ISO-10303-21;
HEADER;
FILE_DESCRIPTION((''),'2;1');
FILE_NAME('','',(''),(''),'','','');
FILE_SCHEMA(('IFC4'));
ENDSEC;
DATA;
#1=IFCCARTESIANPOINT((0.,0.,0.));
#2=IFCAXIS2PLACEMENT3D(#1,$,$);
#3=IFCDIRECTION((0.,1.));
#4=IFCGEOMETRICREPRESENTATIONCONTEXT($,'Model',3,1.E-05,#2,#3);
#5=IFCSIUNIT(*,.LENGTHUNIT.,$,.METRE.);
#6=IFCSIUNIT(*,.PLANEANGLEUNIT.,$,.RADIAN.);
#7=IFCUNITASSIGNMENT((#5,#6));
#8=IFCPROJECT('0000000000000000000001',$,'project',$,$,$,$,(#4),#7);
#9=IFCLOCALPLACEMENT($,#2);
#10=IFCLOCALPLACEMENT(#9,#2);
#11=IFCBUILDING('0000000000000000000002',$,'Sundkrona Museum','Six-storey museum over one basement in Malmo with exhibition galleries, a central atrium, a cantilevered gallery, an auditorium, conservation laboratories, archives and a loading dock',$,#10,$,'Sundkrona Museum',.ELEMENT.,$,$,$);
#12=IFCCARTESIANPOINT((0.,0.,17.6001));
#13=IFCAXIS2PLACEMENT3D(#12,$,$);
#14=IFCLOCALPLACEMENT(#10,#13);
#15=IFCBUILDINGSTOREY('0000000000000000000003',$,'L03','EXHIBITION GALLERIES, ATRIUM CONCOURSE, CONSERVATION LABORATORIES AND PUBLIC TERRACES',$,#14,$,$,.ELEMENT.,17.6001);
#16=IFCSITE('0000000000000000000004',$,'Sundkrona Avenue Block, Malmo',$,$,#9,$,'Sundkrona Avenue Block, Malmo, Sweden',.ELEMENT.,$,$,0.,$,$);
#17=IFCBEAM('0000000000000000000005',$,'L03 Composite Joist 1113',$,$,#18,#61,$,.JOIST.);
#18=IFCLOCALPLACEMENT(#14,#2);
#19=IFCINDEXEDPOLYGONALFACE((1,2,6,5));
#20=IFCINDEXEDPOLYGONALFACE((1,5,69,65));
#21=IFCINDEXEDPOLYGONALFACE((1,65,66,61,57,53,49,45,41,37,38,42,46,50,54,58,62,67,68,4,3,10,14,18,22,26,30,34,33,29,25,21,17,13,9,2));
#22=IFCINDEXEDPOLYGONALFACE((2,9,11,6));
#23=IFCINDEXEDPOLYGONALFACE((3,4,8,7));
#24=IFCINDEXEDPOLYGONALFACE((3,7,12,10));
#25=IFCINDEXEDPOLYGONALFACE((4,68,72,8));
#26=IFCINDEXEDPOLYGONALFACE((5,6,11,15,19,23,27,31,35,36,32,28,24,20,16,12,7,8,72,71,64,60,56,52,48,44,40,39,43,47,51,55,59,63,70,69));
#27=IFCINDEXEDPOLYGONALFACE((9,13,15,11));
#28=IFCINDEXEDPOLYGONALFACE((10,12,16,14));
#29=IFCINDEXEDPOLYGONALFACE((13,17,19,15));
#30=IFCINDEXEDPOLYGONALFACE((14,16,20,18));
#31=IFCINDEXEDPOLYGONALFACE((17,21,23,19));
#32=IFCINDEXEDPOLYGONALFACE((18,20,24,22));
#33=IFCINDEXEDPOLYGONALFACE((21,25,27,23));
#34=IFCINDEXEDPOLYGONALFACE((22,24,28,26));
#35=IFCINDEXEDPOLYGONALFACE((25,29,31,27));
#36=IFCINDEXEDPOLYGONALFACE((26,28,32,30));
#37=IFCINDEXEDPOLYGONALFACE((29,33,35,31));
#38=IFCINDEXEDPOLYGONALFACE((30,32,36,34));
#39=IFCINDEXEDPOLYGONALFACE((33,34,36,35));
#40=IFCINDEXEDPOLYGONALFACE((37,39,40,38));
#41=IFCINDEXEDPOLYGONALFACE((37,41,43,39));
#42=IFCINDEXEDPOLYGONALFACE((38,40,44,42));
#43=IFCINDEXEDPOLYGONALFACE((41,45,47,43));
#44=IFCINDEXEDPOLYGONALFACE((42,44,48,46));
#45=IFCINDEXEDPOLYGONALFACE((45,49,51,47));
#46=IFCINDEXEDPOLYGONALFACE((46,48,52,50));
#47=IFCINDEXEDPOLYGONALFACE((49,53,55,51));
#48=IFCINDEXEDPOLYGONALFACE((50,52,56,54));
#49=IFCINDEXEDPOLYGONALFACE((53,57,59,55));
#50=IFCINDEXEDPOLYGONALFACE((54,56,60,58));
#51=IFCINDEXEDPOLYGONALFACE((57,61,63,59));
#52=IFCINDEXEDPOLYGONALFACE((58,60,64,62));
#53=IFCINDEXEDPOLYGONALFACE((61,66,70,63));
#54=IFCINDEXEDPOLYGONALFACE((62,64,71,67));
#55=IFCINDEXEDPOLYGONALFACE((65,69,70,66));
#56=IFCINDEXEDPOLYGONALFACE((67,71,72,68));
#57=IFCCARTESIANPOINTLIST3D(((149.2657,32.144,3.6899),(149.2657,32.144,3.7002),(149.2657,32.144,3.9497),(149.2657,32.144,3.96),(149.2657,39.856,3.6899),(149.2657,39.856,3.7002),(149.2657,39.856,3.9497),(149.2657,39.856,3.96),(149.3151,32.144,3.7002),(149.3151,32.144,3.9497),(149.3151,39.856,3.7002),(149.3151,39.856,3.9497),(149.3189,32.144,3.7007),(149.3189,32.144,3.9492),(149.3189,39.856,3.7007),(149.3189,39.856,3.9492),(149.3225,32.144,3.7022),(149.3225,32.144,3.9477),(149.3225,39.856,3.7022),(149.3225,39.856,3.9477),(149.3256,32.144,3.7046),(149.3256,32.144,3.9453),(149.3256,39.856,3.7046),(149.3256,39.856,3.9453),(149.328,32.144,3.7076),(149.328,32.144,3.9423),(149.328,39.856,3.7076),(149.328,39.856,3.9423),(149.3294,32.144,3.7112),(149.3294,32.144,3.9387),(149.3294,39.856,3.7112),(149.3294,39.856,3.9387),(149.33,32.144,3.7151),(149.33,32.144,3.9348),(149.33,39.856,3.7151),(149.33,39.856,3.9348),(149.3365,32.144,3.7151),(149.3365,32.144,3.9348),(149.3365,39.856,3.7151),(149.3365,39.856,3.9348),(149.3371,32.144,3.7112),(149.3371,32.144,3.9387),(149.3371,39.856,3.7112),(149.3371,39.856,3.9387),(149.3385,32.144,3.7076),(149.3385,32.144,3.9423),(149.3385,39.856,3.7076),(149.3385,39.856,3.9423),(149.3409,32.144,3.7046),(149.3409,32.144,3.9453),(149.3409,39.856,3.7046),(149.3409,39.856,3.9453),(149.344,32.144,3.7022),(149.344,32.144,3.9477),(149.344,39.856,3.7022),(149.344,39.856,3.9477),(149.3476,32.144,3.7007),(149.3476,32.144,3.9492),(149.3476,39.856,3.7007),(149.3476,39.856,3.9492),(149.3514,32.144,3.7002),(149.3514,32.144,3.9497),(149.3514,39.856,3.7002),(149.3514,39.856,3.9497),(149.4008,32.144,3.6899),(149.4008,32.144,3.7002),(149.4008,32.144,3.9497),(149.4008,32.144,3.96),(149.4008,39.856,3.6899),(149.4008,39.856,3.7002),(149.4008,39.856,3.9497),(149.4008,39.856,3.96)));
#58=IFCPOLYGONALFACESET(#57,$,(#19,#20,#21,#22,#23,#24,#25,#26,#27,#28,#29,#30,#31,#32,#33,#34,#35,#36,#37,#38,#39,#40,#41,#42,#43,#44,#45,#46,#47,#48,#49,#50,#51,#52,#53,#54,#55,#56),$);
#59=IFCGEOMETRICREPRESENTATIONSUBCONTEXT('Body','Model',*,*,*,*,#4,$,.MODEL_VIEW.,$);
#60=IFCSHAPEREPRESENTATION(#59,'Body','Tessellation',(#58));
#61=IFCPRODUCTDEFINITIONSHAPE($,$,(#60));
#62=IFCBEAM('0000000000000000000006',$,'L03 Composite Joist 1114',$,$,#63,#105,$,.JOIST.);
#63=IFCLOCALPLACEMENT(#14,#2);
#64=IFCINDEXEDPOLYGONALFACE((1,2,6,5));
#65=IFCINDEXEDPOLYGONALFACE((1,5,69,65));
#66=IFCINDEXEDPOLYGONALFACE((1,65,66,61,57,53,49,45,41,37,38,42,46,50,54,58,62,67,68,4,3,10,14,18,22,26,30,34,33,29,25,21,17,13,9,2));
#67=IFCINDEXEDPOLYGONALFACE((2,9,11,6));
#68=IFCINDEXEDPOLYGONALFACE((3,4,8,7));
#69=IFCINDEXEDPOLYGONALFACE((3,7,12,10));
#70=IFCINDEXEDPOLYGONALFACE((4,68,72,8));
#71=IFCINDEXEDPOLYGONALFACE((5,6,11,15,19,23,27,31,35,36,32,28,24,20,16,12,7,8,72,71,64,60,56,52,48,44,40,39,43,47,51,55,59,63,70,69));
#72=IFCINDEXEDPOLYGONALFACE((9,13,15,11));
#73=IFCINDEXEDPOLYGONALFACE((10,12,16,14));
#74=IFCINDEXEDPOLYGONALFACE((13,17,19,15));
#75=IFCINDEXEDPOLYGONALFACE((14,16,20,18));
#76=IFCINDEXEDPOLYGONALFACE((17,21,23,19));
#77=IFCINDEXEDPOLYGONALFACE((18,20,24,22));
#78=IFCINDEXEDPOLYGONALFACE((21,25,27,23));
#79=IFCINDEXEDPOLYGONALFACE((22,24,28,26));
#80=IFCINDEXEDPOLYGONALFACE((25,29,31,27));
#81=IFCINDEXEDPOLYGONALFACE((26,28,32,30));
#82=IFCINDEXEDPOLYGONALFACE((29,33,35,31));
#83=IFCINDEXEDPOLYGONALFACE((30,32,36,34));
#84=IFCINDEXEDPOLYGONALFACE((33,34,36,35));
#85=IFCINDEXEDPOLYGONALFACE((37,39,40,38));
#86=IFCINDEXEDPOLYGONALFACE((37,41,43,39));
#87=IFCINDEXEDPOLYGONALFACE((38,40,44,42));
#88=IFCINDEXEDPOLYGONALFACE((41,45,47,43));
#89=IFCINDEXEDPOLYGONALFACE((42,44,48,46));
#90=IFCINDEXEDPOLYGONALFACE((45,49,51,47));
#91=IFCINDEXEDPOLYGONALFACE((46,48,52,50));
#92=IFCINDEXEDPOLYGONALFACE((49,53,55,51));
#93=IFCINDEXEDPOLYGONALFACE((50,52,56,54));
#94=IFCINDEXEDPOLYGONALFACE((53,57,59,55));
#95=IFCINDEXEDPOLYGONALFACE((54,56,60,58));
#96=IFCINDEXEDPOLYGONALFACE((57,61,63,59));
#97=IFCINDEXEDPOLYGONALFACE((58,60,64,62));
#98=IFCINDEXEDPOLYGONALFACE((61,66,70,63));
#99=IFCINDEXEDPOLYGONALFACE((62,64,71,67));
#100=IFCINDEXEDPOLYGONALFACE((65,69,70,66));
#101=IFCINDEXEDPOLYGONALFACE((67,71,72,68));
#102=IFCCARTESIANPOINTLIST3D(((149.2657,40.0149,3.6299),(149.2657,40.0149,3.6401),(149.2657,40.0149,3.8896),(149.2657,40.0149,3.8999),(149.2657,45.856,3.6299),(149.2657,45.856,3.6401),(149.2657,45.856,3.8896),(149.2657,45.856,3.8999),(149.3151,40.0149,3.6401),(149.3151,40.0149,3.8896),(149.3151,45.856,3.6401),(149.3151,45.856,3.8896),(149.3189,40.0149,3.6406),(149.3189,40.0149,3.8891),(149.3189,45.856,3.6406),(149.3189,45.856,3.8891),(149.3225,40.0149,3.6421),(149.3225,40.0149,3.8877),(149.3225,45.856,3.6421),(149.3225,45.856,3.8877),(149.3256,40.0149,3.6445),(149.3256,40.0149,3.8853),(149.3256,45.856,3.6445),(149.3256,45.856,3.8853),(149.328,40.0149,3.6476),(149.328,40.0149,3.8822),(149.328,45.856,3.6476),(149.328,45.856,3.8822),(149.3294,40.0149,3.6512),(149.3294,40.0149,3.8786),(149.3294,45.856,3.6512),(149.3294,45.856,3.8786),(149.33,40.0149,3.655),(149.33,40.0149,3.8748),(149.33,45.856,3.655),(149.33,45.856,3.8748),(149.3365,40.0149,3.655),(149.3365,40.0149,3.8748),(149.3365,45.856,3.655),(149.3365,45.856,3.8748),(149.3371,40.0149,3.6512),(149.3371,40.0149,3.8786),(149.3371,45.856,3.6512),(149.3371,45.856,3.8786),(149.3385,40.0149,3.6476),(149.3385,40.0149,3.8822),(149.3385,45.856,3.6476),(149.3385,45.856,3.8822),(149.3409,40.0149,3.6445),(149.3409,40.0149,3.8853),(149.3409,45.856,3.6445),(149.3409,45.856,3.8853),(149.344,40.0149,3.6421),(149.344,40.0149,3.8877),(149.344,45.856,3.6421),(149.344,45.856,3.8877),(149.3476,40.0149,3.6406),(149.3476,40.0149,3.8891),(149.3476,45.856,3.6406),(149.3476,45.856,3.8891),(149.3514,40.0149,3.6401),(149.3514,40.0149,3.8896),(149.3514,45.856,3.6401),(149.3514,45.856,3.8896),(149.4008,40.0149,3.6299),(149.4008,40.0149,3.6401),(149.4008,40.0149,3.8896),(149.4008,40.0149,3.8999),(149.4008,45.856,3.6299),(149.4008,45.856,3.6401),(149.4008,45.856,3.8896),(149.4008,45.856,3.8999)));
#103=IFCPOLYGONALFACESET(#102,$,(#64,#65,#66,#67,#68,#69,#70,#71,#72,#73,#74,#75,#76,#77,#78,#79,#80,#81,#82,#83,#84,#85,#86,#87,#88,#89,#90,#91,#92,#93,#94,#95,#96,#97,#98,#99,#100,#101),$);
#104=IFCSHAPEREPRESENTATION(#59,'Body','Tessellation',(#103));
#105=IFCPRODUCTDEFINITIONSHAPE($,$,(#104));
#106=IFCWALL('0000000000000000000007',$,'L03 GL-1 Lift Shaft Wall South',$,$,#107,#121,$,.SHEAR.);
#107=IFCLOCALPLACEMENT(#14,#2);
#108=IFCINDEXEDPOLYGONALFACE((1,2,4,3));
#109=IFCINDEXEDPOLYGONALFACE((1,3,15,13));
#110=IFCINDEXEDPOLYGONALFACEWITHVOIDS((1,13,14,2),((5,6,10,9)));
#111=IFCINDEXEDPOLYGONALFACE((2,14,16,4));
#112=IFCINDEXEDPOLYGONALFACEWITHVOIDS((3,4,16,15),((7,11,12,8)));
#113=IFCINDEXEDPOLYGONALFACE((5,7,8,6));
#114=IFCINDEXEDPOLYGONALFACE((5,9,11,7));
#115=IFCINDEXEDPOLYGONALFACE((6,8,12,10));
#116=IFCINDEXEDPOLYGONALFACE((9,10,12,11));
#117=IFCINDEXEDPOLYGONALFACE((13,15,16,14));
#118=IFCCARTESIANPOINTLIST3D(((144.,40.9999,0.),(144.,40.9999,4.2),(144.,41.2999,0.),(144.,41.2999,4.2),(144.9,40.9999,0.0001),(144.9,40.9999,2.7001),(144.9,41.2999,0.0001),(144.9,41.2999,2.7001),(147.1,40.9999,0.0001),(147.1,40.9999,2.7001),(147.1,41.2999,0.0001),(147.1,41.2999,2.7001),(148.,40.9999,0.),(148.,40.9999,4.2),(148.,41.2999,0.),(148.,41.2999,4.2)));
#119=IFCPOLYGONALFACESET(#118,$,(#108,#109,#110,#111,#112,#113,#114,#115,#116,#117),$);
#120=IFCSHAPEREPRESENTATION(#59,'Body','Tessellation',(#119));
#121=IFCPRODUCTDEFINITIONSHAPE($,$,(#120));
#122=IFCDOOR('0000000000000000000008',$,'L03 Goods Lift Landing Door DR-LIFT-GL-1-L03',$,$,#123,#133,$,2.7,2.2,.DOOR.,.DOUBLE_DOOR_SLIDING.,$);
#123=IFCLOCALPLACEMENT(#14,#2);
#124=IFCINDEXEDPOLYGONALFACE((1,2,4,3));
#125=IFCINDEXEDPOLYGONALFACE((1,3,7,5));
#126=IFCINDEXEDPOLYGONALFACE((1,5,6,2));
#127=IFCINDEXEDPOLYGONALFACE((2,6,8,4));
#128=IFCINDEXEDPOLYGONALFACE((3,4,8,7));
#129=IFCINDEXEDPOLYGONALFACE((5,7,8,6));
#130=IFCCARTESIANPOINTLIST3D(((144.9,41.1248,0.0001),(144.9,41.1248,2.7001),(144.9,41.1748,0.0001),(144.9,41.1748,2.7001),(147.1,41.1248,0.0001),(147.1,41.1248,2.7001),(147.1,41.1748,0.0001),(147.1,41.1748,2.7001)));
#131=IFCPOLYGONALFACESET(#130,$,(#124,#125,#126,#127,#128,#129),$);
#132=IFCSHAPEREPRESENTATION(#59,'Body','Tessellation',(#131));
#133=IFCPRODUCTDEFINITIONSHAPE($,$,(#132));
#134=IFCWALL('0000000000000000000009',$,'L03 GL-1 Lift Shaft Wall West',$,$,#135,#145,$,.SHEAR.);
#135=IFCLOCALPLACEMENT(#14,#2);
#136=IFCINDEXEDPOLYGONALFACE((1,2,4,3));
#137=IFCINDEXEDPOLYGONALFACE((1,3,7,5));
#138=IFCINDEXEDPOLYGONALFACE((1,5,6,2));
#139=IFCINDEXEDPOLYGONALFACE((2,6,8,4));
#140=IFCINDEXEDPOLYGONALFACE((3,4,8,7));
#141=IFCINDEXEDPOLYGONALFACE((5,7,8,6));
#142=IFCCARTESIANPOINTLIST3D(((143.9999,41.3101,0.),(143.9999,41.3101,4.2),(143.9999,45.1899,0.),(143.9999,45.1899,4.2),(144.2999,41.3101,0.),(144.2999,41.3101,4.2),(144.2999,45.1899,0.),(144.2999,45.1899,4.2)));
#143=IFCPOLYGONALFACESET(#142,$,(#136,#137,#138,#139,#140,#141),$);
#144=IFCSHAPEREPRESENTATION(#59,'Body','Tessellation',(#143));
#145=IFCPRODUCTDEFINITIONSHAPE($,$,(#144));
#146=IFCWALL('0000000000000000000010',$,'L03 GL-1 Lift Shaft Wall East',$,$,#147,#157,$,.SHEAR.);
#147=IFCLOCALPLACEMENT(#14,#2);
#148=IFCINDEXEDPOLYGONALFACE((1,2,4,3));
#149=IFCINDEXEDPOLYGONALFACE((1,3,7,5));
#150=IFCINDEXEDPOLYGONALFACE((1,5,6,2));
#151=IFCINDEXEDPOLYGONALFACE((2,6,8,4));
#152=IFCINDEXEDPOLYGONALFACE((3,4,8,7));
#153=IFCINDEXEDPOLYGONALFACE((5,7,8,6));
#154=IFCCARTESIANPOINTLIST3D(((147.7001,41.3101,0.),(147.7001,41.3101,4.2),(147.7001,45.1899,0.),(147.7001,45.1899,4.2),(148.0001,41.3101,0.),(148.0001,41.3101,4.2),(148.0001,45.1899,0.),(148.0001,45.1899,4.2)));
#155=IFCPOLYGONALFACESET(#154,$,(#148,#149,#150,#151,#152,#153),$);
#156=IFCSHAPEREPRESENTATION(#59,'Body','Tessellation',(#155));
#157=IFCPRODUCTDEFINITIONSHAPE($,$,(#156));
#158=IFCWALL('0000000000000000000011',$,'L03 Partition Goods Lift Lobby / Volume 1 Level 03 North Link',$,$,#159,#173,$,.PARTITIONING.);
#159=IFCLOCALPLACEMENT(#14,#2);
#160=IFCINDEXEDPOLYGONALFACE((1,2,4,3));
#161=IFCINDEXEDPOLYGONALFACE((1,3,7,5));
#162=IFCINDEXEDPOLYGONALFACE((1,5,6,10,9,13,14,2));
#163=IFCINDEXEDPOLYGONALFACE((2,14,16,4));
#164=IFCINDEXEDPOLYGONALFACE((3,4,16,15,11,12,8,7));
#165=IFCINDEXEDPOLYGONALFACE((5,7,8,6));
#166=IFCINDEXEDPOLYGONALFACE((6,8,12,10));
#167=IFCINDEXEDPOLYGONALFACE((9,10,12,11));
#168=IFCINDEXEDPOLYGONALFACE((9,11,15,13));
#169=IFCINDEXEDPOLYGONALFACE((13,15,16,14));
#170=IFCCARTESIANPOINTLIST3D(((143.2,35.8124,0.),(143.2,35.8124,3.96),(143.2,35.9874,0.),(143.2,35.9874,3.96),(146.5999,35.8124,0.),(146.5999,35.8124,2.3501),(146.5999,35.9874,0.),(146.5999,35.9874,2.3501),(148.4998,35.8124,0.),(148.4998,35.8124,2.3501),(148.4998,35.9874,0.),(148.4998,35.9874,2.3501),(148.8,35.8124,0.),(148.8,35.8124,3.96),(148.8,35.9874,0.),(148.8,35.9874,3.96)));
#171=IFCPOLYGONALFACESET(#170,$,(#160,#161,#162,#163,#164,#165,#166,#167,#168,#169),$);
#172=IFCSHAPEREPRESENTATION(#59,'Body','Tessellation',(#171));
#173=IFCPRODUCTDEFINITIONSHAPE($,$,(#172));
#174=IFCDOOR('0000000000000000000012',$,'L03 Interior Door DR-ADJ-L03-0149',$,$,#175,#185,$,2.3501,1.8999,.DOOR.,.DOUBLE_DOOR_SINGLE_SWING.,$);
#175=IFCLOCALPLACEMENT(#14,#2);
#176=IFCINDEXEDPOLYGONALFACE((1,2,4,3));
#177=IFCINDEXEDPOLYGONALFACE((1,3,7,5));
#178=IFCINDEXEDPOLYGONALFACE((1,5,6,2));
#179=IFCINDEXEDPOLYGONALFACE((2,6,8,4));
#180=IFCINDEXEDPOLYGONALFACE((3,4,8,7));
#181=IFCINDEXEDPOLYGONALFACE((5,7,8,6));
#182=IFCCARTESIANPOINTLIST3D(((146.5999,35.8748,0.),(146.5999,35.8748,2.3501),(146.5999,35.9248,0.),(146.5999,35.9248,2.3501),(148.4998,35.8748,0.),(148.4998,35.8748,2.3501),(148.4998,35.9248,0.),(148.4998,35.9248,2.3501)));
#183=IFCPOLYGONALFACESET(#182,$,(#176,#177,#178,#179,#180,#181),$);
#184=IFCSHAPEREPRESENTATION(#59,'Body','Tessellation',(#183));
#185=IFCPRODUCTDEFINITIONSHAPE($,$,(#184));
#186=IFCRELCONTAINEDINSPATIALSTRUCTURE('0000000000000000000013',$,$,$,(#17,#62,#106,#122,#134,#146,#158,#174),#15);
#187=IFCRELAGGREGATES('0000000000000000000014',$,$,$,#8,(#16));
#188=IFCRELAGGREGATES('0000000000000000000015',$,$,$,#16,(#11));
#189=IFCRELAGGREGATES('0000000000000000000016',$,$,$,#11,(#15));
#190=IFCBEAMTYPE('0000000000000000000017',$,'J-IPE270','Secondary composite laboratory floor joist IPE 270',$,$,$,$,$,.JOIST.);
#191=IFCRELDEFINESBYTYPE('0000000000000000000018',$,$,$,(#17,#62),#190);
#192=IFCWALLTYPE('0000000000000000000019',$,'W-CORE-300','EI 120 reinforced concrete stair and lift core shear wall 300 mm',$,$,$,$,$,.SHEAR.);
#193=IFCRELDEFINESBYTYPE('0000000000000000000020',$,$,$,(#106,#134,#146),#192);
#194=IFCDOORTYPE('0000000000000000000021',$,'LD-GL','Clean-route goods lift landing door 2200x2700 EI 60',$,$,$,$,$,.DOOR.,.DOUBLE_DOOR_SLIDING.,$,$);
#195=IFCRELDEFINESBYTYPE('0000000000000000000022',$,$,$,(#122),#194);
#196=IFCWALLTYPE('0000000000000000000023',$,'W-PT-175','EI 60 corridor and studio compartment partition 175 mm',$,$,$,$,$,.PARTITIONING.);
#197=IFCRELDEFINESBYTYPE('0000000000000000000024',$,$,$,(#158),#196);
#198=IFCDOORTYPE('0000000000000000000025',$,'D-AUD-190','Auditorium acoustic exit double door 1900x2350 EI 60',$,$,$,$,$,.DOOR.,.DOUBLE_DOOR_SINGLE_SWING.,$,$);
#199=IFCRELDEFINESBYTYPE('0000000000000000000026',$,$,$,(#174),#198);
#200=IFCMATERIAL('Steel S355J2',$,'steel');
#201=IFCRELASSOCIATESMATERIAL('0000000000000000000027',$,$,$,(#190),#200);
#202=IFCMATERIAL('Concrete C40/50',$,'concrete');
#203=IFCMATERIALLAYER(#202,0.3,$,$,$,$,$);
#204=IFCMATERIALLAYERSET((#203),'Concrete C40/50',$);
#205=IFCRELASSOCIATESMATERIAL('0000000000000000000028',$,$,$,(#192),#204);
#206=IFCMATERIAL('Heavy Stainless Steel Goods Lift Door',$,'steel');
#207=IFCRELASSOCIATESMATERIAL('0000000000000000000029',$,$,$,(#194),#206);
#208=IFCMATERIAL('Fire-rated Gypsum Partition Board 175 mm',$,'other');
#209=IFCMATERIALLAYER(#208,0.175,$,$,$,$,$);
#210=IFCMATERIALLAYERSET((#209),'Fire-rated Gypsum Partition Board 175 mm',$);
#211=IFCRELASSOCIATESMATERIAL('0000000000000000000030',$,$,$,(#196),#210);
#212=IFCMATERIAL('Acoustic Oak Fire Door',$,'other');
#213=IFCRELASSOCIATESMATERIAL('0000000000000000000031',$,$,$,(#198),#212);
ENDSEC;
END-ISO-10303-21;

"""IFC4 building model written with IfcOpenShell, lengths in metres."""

from ifc_helpers import new_model, si_unit, direction, frame, frame_2d, origin, origin_2d, place, context, subcontext, project, spatial, rectangle, i_section, extrude, material, layer, layer_set, material_profile, profile_set, type_object, element, fill, save


model = new_model("IFC4")

# Units and contexts
model_context = context("Model", 3, precision=1e-05, world=origin(), true_north=direction((0.0, 1.0)))
body_context = subcontext(model_context, "Body", "Model", "MODEL_VIEW")
ifc_project = project(units=[si_unit("LENGTHUNIT", "METRE"), si_unit("PLANEANGLEUNIT", "RADIAN")], contexts=[model_context])

# Site, building, storey
site_placement = place(None, origin())
site = spatial("IfcSite", under=ifc_project, at=site_placement, Name="Sundkrona Avenue Block, Malmo", LongName="Sundkrona Avenue Block, Malmo, Sweden", CompositionType="ELEMENT", RefElevation=0.0)
building_placement = place(site_placement, origin())
building = spatial("IfcBuilding", under=site, at=building_placement, Name="Sundkrona Museum", Description="Six-storey museum over one basement in Malmo with exhibition galleries, a central atrium, a cantilevered gallery, an auditorium, conservation laboratories, archives and a loading dock", LongName="Sundkrona Museum", CompositionType="ELEMENT")
storey_placement = place(building_placement, frame((0.0, 0.0, 17.6001)))
storey = spatial("IfcBuildingStorey", under=building, at=storey_placement, Name="L03", Description="EXHIBITION GALLERIES, ATRIUM CONCOURSE, CONSERVATION LABORATORIES AND PUBLIC TERRACES", CompositionType="ELEMENT", Elevation=17.6001)

# Shared definitions
ifc_material_1 = material(Name="Steel S355J2", Category="steel")

# Beams
ifc_material_profile_1 = material_profile(ifc_material_1, i_section(OverallWidth=0.135, OverallDepth=0.27, WebThickness=0.0066, FlangeThickness=0.0103, FilletRadius=0.0149, at=origin_2d()), Name="IPE 270")
ifc_profile_set_1 = profile_set([ifc_material_profile_1], Name="Steel S355J2")
beam_type_1 = type_object("IfcBeamType", Name="J-IPE270", Description="Secondary composite laboratory floor joist IPE 270", PredefinedType="JOIST", material=ifc_profile_set_1)
for number, where, z_axis, x_axis, name in (
    (1, (149.3333, 32.144, 3.825), (0.0, 1.0, 0.0), (-1.0, 0.0, 0.0), "L03 Composite Joist 1113"),
):
    element("IfcBeam", number, at=place(storey_placement, frame(where, z_axis=z_axis, x_axis=x_axis)), inside=storey, type_object=beam_type_1, Name=name, PredefinedType="JOIST", context=body_context, shape_type="SweptSolid", body=[
        extrude(i_section(OverallWidth=0.135, OverallDepth=0.27, WebThickness=0.0066, FlangeThickness=0.0103, FilletRadius=0.0149, at=origin_2d()), origin(), (0.0, 0.0, 1.0), 7.7119),
    ])
beam_1_placement = place(storey_placement, frame((149.3333, 40.0149, 3.7649), z_axis=(0.0, 1.0, 0.0), x_axis=(-1.0, 0.0, 0.0)))
element("IfcBeam", 2, at=beam_1_placement, inside=storey, type_object=beam_type_1, Name="L03 Composite Joist 1114", PredefinedType="JOIST", context=body_context, shape_type="SweptSolid", body=[
    extrude(i_section(OverallWidth=0.135, OverallDepth=0.27, WebThickness=0.0066, FlangeThickness=0.0103, FilletRadius=0.0149, at=origin_2d()), origin(), (0.0, 0.0, 1.0), 5.8411),
])

# Wall, opening, door
ifc_material_2 = material(Name="Concrete C40/50", Category="concrete")
ifc_layer_1 = layer(ifc_material_2, 0.3)
ifc_layer_set_1 = layer_set([ifc_layer_1], Name="Concrete C40/50")
wall_type_1 = type_object("IfcWallType", Name="W-CORE-300", Description="EI 120 reinforced concrete stair and lift core shear wall 300 mm", PredefinedType="SHEAR", material=ifc_layer_set_1)
wall_1_placement = place(storey_placement, frame((144.0, 41.1499, 0.0), z_axis=(0.0, 0.0, 1.0), x_axis=(1.0, 0.0, 0.0)))
wall_1 = element("IfcWall", 3, at=wall_1_placement, inside=storey, type_object=wall_type_1, Name="L03 GL-1 Lift Shaft Wall South", PredefinedType="SHEAR", context=body_context, shape_type="SweptSolid", body=[
    extrude(rectangle(XDim=4.0, YDim=0.3, at=frame_2d((2.0, 0.0))), origin(), (0.0, 0.0, 1.0), 4.2),
])
opening_1_placement = place(wall_1_placement, frame((0.8999, 0.0, 0.0)))
opening_1 = element("IfcOpeningElement", 4, at=opening_1_placement, cuts=wall_1, PredefinedType="OPENING", context=body_context, shape_type="SweptSolid", body=[
    extrude(rectangle(XDim=2.2, YDim=2.7, at=frame_2d((1.1001, 1.3501))), frame((0.0, 0.1599, 0.0), z_axis=(0.0, -1.0, 0.0), x_axis=(1.0, 0.0, 0.0)), (0.0, 0.0, 1.0), 0.3201),
])
ifc_material_3 = material(Name="Heavy Stainless Steel Goods Lift Door", Category="steel")
door_type_1 = type_object("IfcDoorType", Name="LD-GL", Description="Clean-route goods lift landing door 2200x2700 EI 60", OperationType="DOUBLE_DOOR_SLIDING", PredefinedType="DOOR", material=ifc_material_3)
door_1_placement = place(opening_1_placement, origin())
door_1 = element("IfcDoor", 5, at=door_1_placement, inside=storey, type_object=door_type_1, Name="L03 Goods Lift Landing Door DR-LIFT-GL-1-L03", OperationType="DOUBLE_DOOR_SLIDING", OverallHeight=2.7, OverallWidth=2.2, PredefinedType="DOOR", context=body_context, shape_type="SweptSolid", body=[
    extrude(rectangle(XDim=2.2, YDim=2.7, at=frame_2d((1.1001, 1.3501))), frame((0.0, 0.0249, 0.0), z_axis=(0.0, -1.0, 0.0), x_axis=(1.0, 0.0, 0.0)), (0.0, 0.0, 1.0), 0.05),
])
fill(opening_1, door_1)

# Walls
for number, where, z_axis, x_axis, name in (
    (6, (144.1499, 41.3101, 0.0), (0.0, 0.0, 1.0), (0.0, 1.0, 0.0), "L03 GL-1 Lift Shaft Wall West"),
    (7, (147.8501, 41.3101, 0.0), (0.0, 0.0, 1.0), (0.0, 1.0, 0.0), "L03 GL-1 Lift Shaft Wall East"),
):
    element("IfcWall", number, at=place(storey_placement, frame(where, z_axis=z_axis, x_axis=x_axis)), inside=storey, type_object=wall_type_1, Name=name, PredefinedType="SHEAR", context=body_context, shape_type="SweptSolid", body=[
        extrude(rectangle(XDim=3.8799, YDim=0.3, at=frame_2d((1.9399, 0.0))), origin(), (0.0, 0.0, 1.0), 4.2),
    ])

# Wall, opening, door
ifc_material_4 = material(Name="Fire-rated Gypsum Partition Board 175 mm", Category="other")
ifc_layer_2 = layer(ifc_material_4, 0.175)
ifc_layer_set_2 = layer_set([ifc_layer_2], Name="Fire-rated Gypsum Partition Board 175 mm")
wall_type_2 = type_object("IfcWallType", Name="W-PT-175", Description="EI 60 corridor and studio compartment partition 175 mm", PredefinedType="PARTITIONING", material=ifc_layer_set_2)
wall_2_placement = place(storey_placement, frame((143.2, 35.8999, 0.0), z_axis=(0.0, 0.0, 1.0), x_axis=(1.0, 0.0, 0.0)))
wall_2 = element("IfcWall", 8, at=wall_2_placement, inside=storey, type_object=wall_type_2, Name="L03 Partition Goods Lift Lobby / Volume 1 Level 03 North Link", PredefinedType="PARTITIONING", context=body_context, shape_type="SweptSolid", body=[
    extrude(rectangle(XDim=5.6001, YDim=0.175, at=frame_2d((2.8, 0.0))), origin(), (0.0, 0.0, 1.0), 3.96),
])
opening_2_placement = place(wall_2_placement, frame((3.3999, 0.0, 0.0)))
opening_2 = element("IfcOpeningElement", 9, at=opening_2_placement, cuts=wall_2, PredefinedType="OPENING", context=body_context, shape_type="SweptSolid", body=[
    extrude(rectangle(XDim=1.8999, YDim=2.3501, at=frame_2d((0.95, 1.175))), frame((0.0, 0.0974, 0.0), z_axis=(0.0, -1.0, 0.0), x_axis=(1.0, 0.0, 0.0)), (0.0, 0.0, 1.0), 0.1951),
])
ifc_material_5 = material(Name="Acoustic Oak Fire Door", Category="other")
door_type_2 = type_object("IfcDoorType", Name="D-AUD-190", Description="Auditorium acoustic exit double door 1900x2350 EI 60", OperationType="DOUBLE_DOOR_SINGLE_SWING", PredefinedType="DOOR", material=ifc_material_5)
door_2_placement = place(opening_2_placement, origin())
door_2 = element("IfcDoor", 10, at=door_2_placement, inside=storey, type_object=door_type_2, Name="L03 Interior Door DR-ADJ-L03-0149", OperationType="DOUBLE_DOOR_SINGLE_SWING", OverallHeight=2.3501, OverallWidth=1.8999, PredefinedType="DOOR", context=body_context, shape_type="SweptSolid", body=[
    extrude(rectangle(XDim=1.8999, YDim=2.3501, at=frame_2d((0.95, 1.175))), frame((0.0, 0.0249, 0.0), z_axis=(0.0, -1.0, 0.0), x_axis=(1.0, 0.0, 0.0)), (0.0, 0.0, 1.0), 0.05),
])
fill(opening_2, door_2)

save(model, "model.ifc")
